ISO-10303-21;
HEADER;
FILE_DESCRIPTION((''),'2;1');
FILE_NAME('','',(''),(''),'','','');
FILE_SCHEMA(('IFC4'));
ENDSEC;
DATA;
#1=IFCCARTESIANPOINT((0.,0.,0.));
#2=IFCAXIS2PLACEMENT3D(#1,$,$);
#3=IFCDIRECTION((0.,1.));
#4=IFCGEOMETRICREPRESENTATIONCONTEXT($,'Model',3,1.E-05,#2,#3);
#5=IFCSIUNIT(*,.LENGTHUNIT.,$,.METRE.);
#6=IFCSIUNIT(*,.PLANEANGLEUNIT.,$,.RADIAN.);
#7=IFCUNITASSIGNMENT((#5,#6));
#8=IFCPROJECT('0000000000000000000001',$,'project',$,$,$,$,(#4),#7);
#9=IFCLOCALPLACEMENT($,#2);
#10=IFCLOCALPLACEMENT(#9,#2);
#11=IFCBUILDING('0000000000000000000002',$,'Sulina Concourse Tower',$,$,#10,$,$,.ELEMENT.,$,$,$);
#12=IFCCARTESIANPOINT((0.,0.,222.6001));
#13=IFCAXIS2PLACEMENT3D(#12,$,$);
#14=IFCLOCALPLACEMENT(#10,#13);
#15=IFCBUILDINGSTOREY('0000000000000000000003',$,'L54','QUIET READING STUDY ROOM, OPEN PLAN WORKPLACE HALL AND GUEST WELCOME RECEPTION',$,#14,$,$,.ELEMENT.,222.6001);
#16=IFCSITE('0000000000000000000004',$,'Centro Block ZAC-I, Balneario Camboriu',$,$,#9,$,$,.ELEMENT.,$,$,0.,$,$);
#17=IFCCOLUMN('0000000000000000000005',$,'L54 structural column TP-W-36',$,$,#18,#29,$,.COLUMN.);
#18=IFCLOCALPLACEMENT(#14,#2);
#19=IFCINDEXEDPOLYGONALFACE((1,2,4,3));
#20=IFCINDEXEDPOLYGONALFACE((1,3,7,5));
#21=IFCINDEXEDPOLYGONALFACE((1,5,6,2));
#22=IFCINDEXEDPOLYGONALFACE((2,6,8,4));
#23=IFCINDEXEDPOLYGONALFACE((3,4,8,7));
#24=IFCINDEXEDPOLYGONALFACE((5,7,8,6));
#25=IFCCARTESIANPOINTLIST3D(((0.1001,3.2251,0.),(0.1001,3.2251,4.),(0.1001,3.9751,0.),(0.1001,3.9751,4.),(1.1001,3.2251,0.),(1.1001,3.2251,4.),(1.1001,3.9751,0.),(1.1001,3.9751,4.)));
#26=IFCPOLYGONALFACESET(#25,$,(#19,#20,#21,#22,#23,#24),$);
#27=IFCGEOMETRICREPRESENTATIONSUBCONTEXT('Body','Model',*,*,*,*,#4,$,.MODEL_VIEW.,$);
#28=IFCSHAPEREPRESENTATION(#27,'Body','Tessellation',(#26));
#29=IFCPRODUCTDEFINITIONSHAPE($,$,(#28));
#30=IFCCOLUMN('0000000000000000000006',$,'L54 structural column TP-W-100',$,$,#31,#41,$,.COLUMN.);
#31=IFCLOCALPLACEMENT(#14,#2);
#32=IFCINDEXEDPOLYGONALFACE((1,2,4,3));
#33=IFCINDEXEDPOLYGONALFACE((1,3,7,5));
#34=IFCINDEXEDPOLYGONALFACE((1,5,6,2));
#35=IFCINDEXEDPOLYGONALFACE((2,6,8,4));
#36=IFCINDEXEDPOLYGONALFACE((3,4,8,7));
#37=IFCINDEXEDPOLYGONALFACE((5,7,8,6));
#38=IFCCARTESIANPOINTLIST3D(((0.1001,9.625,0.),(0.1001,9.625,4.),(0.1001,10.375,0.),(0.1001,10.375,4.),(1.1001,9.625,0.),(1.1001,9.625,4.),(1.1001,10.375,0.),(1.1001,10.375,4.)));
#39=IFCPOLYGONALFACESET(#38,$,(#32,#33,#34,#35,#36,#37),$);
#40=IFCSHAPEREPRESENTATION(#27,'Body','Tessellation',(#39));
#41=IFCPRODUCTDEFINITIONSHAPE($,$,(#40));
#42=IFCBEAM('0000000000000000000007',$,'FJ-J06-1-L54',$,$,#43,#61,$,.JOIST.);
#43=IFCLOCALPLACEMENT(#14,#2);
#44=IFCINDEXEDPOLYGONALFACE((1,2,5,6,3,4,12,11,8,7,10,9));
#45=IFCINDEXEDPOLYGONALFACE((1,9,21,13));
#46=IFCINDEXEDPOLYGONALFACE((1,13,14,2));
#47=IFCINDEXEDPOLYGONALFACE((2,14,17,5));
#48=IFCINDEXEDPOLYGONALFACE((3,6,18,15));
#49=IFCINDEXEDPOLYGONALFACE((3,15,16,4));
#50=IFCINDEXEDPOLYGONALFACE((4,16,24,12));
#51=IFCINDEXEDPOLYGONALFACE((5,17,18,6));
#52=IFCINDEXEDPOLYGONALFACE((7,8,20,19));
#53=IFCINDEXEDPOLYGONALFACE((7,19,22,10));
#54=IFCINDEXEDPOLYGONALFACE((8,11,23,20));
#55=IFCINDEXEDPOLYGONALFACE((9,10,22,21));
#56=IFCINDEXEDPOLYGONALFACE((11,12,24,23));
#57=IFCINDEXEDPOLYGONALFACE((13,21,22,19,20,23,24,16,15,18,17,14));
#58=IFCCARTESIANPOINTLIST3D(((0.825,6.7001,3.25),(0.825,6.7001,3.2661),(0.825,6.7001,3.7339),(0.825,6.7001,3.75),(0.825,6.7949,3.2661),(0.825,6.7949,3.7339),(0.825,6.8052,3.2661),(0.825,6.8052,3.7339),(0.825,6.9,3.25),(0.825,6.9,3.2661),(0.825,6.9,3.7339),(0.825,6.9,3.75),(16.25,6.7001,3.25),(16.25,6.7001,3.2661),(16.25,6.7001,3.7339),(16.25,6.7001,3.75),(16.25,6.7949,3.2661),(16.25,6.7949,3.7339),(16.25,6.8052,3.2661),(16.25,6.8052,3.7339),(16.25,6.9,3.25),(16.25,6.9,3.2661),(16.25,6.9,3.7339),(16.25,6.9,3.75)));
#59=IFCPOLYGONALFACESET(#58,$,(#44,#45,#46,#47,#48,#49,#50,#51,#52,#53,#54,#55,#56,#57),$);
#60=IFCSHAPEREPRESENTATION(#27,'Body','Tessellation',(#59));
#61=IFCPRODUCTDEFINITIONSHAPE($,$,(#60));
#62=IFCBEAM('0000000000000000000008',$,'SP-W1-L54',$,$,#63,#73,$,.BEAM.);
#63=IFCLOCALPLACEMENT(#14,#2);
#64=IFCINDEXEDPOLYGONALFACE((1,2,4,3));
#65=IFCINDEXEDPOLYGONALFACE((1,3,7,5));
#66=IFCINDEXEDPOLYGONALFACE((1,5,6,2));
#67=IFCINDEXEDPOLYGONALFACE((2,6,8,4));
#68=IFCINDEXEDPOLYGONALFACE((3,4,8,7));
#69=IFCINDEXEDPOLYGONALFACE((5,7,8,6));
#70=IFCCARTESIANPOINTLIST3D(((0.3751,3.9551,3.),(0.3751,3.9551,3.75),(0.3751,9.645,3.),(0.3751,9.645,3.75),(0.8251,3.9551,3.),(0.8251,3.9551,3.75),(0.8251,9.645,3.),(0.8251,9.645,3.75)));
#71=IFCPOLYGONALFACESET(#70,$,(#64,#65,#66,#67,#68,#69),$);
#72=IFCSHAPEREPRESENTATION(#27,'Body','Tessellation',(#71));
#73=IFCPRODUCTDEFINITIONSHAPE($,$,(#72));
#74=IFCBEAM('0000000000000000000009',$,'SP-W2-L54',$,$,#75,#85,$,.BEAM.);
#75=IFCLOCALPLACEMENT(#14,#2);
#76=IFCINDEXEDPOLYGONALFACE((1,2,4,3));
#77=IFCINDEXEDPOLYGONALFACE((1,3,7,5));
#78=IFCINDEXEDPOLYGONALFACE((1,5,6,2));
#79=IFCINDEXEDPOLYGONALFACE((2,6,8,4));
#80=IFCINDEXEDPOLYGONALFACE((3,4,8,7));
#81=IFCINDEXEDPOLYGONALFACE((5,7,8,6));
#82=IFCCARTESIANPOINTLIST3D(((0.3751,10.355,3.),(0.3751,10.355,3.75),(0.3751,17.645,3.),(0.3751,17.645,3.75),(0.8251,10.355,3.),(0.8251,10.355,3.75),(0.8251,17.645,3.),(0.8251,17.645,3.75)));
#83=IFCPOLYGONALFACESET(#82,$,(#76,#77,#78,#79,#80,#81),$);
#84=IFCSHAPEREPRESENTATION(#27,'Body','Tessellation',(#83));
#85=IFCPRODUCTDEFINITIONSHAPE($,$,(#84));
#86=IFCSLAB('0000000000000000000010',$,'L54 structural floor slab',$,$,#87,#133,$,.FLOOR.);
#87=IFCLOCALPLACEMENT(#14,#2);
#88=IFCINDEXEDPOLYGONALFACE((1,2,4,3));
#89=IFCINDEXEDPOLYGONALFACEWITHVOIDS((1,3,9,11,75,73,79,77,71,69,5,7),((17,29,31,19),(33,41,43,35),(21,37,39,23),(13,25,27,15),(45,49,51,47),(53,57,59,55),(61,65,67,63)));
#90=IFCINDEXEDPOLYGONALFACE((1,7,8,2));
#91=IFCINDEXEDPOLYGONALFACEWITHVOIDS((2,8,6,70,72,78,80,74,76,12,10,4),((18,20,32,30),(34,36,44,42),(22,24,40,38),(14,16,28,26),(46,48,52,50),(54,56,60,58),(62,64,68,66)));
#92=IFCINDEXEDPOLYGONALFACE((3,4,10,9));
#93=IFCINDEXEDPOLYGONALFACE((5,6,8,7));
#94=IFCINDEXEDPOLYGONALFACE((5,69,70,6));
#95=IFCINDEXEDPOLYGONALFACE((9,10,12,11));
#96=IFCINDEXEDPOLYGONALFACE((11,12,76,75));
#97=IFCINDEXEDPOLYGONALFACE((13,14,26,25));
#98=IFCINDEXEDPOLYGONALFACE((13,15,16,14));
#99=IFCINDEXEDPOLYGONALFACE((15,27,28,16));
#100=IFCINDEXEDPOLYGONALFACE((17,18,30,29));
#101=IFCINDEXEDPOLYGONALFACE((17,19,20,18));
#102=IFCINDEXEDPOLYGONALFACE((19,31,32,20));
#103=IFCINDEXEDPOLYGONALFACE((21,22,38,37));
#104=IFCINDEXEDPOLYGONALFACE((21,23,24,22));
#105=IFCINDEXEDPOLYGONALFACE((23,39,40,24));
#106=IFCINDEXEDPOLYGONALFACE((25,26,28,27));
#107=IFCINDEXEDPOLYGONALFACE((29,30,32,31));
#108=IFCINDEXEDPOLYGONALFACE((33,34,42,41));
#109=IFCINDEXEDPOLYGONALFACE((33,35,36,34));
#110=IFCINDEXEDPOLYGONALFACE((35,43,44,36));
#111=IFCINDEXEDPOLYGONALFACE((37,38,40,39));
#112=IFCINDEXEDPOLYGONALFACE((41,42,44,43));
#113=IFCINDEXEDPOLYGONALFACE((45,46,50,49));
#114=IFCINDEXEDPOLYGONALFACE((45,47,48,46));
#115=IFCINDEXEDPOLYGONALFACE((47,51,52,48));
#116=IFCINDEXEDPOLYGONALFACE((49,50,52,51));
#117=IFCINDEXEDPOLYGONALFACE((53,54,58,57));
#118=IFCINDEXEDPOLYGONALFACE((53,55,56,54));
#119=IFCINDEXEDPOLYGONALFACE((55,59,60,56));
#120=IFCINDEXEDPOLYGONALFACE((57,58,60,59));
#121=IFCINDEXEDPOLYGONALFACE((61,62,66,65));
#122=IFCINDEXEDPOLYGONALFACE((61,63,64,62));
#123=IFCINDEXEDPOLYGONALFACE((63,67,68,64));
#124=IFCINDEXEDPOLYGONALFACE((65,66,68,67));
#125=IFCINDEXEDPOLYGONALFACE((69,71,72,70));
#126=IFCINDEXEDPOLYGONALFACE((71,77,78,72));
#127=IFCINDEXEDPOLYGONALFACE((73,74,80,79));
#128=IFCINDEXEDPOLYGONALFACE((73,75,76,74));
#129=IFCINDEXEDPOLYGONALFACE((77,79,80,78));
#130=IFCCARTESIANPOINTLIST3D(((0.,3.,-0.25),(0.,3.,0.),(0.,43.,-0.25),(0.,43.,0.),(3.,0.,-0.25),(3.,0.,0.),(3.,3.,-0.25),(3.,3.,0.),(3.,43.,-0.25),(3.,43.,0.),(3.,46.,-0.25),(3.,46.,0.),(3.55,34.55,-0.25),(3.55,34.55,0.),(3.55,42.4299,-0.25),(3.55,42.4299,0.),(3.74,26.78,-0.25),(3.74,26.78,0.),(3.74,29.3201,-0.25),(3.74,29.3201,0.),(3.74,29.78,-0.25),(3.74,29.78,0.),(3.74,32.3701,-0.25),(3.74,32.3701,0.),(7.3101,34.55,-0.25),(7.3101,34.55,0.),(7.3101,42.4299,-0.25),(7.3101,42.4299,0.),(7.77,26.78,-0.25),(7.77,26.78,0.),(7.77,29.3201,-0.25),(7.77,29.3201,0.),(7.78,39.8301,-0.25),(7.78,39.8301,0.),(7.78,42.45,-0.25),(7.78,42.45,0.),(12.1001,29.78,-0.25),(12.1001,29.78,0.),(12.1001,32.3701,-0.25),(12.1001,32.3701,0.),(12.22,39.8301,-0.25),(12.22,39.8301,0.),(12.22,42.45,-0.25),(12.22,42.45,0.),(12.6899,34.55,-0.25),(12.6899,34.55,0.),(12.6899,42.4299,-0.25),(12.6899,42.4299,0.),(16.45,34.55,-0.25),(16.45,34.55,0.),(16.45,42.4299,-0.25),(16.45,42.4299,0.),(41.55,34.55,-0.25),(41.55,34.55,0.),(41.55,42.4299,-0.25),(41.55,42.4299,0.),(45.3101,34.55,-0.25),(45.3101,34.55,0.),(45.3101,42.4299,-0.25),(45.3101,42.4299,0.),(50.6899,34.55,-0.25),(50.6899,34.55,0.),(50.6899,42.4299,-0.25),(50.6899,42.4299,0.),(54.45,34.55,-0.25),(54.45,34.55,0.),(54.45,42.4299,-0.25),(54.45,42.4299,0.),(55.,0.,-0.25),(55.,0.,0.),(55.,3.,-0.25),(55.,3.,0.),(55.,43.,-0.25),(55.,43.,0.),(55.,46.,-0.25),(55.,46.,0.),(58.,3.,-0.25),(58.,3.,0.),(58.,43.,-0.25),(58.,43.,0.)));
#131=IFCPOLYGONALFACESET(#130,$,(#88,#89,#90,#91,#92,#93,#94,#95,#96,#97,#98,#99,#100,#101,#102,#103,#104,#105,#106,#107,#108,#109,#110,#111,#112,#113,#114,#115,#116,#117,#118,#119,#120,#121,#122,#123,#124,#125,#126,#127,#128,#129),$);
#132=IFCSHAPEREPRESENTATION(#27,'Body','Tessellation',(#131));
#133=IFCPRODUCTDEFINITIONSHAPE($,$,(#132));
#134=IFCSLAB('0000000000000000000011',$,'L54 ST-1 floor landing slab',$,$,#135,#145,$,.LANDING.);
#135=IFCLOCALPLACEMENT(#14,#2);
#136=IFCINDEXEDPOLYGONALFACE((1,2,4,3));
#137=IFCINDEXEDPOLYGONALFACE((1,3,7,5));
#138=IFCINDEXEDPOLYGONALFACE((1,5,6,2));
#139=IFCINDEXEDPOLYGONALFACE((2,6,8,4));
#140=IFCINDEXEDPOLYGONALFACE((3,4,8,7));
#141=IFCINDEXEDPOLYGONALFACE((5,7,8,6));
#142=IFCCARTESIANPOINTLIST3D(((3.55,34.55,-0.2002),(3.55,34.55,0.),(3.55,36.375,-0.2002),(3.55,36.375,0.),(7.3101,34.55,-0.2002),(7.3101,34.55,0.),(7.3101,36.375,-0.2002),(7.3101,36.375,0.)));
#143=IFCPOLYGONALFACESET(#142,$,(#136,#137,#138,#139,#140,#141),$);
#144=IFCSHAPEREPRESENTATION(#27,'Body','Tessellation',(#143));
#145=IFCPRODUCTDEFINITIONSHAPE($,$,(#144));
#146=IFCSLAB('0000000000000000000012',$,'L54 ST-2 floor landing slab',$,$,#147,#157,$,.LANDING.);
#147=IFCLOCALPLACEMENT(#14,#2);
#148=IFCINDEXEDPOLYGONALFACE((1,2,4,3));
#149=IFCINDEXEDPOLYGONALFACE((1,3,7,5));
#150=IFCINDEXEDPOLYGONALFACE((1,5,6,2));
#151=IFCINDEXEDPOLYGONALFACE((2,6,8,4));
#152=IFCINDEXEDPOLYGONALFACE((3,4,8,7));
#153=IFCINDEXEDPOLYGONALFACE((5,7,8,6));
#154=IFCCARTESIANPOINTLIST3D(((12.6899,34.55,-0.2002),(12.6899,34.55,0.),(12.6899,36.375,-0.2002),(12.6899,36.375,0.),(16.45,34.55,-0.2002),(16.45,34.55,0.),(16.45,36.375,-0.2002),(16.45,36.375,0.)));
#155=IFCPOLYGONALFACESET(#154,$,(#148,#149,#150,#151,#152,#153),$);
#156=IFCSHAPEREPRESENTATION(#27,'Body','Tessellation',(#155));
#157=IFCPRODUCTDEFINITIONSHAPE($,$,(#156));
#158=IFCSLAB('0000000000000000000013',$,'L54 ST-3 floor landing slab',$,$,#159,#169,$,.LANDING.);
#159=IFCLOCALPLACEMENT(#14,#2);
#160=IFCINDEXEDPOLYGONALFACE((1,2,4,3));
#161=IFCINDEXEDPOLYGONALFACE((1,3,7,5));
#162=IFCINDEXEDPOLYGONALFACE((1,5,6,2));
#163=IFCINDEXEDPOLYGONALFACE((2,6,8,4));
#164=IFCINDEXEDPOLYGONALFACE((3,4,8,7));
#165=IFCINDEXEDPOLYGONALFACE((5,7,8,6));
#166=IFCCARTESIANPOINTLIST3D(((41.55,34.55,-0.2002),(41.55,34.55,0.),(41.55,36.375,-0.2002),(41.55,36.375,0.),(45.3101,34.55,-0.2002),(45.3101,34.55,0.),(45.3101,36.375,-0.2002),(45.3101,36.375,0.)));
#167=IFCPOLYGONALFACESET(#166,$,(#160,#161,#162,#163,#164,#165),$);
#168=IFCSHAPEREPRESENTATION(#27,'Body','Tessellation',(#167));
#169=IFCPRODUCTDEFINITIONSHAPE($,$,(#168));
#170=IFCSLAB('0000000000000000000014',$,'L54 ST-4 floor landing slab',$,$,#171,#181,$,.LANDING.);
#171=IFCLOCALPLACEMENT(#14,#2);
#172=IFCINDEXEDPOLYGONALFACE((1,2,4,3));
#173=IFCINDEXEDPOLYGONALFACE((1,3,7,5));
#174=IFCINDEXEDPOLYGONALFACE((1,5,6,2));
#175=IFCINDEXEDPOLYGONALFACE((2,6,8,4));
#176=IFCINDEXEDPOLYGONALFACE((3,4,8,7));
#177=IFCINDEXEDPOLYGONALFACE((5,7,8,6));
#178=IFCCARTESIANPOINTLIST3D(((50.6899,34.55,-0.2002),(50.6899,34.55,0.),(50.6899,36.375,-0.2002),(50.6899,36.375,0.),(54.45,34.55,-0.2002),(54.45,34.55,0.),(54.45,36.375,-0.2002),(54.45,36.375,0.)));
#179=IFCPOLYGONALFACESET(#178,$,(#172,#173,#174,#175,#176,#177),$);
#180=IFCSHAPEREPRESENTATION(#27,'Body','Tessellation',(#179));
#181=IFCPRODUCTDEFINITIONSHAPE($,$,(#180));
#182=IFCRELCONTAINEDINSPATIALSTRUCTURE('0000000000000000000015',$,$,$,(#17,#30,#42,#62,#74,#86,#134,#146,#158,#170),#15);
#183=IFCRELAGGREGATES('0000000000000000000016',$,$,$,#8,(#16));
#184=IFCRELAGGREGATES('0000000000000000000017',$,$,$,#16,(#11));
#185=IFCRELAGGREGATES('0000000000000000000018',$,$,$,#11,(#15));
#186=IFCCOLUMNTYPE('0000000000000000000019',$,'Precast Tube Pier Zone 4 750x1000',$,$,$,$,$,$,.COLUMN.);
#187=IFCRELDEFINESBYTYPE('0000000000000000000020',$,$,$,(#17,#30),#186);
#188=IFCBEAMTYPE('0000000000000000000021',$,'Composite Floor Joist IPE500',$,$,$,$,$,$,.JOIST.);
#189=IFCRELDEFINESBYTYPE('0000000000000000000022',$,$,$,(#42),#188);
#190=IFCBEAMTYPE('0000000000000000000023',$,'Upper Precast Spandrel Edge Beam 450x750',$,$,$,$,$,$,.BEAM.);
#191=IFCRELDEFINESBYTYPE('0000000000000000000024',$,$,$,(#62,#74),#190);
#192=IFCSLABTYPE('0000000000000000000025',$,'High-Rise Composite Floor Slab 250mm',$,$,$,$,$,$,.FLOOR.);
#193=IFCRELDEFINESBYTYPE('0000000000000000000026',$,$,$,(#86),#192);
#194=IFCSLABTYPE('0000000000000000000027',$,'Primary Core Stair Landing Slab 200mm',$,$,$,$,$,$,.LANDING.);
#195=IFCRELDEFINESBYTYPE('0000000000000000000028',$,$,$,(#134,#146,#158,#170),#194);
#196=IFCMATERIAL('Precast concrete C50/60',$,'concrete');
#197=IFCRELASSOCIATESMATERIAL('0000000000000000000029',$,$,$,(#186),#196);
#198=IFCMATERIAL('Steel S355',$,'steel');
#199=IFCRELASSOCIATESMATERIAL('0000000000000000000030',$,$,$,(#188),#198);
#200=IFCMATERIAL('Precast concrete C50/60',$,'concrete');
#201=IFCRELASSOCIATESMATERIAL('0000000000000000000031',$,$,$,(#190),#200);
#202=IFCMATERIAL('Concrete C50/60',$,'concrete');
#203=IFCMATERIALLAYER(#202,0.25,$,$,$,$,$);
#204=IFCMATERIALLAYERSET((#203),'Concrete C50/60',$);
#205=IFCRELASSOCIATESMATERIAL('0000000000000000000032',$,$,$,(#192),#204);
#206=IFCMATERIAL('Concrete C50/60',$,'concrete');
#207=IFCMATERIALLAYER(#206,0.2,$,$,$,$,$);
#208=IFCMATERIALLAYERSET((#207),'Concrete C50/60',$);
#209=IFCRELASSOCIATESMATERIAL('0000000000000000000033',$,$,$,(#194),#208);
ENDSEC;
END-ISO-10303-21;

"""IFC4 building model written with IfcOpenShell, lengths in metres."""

from ifc_helpers import new_model, si_unit, direction, frame, origin, origin_2d, place, context, subcontext, project, spatial, polyline, rectangle, i_section, outline, extrude, material, layer, layer_set, material_profile, profile_set, type_object, element, save


model = new_model("IFC4")

# Units and contexts
model_context = context("Model", 3, precision=1e-05, world=origin(), true_north=direction((0.0, 1.0)))
body_context = subcontext(model_context, "Body", "Model", "MODEL_VIEW")
ifc_project = project(units=[si_unit("LENGTHUNIT", "METRE"), si_unit("PLANEANGLEUNIT", "RADIAN")], contexts=[model_context])

# Site, building, storey
site_placement = place(None, origin())
site = spatial("IfcSite", under=ifc_project, at=site_placement, Name="Centro Block ZAC-I, Balneario Camboriu", CompositionType="ELEMENT", RefElevation=0.0)
building_placement = place(site_placement, origin())
building = spatial("IfcBuilding", under=site, at=building_placement, Name="Sulina Concourse Tower", CompositionType="ELEMENT")
storey_placement = place(building_placement, frame((0.0, 0.0, 222.6001)))
storey = spatial("IfcBuildingStorey", under=building, at=storey_placement, Name="L54", Description="QUIET READING STUDY ROOM, OPEN PLAN WORKPLACE HALL AND GUEST WELCOME RECEPTION", CompositionType="ELEMENT", Elevation=222.6001)

# Columns
ifc_material_1 = material(Name="Precast concrete C50/60", Category="concrete")
ifc_material_profile_1 = material_profile(ifc_material_1, rectangle(XDim=0.75, YDim=1.0, at=origin_2d()), Name="PC 750x1000")
ifc_profile_set_1 = profile_set([ifc_material_profile_1], Name="Precast concrete C50/60")
column_type = type_object("IfcColumnType", Name="Precast Tube Pier Zone 4 750x1000", PredefinedType="COLUMN", material=ifc_profile_set_1)
for number, where, z_axis, x_axis, name in (
    (1, (0.6001, 3.6001, 0.0), (0.0, 0.0, 1.0), (0.0, 1.0, 0.0), "L54 structural column TP-W-36"),
    (2, (0.6001, 10.0, 0.0), (0.0, 0.0, 1.0), (0.0, 1.0, 0.0), "L54 structural column TP-W-100"),
):
    element("IfcColumn", number, at=place(storey_placement, frame(where, z_axis=z_axis, x_axis=x_axis)), inside=storey, type_object=column_type, Name=name, PredefinedType="COLUMN", context=body_context, shape_type="SweptSolid", body=[
        extrude(rectangle(XDim=0.75, YDim=1.0, at=origin_2d()), origin(), (0.0, 0.0, 1.0), 4.0),
    ])

# Beams
ifc_material_2 = material(Name="Steel S355", Category="steel")
ifc_material_profile_2 = material_profile(ifc_material_2, i_section(OverallWidth=0.2, OverallDepth=0.5, WebThickness=0.0103, FlangeThickness=0.0161, at=origin_2d()), Name="IPE 500")
ifc_profile_set_2 = profile_set([ifc_material_profile_2], Name="Steel S355")
beam_type_1 = type_object("IfcBeamType", Name="Composite Floor Joist IPE500", PredefinedType="JOIST", material=ifc_profile_set_2)
beam_1_placement = place(storey_placement, frame((0.825, 6.8, 3.5), z_axis=(1.0, 0.0, 0.0), x_axis=(0.0, 1.0, 0.0)))
element("IfcBeam", 3, at=beam_1_placement, inside=storey, type_object=beam_type_1, Name="FJ-J06-1-L54", PredefinedType="JOIST", context=body_context, shape_type="SweptSolid", body=[
    extrude(i_section(OverallWidth=0.2, OverallDepth=0.5, WebThickness=0.0103, FlangeThickness=0.0161, at=origin_2d()), origin(), (0.0, 0.0, 1.0), 15.425),
])
ifc_material_3 = material(Name="Precast concrete C50/60", Category="concrete")
ifc_material_profile_3 = material_profile(ifc_material_3, rectangle(XDim=0.45, YDim=0.75, at=origin_2d()), Name="RC 450x750")
ifc_profile_set_3 = profile_set([ifc_material_profile_3], Name="Precast concrete C50/60")
beam_type_2 = type_object("IfcBeamType", Name="Upper Precast Spandrel Edge Beam 450x750", PredefinedType="BEAM", material=ifc_profile_set_3)
beam_2_placement = place(storey_placement, frame((0.6001, 3.9551, 3.375), z_axis=(0.0, 1.0, 0.0), x_axis=(-1.0, 0.0, 0.0)))
element("IfcBeam", 4, at=beam_2_placement, inside=storey, type_object=beam_type_2, Name="SP-W1-L54", PredefinedType="BEAM", context=body_context, shape_type="SweptSolid", body=[
    extrude(rectangle(XDim=0.45, YDim=0.75, at=origin_2d()), origin(), (0.0, 0.0, 1.0), 5.6899),
])
beam_3_placement = place(storey_placement, frame((0.6001, 10.355, 3.375), z_axis=(0.0, 1.0, 0.0), x_axis=(-1.0, 0.0, 0.0)))
element("IfcBeam", 5, at=beam_3_placement, inside=storey, type_object=beam_type_2, Name="SP-W2-L54", PredefinedType="BEAM", context=body_context, shape_type="SweptSolid", body=[
    extrude(rectangle(XDim=0.45, YDim=0.75, at=origin_2d()), origin(), (0.0, 0.0, 1.0), 7.29),
])

# Slabs
ifc_material_4 = material(Name="Concrete C50/60", Category="concrete")
ifc_layer_1 = layer(ifc_material_4, 0.25)
ifc_layer_set_1 = layer_set([ifc_layer_1], Name="Concrete C50/60")
slab_type_1 = type_object("IfcSlabType", Name="High-Rise Composite Floor Slab 250mm", PredefinedType="FLOOR", material=ifc_layer_set_1)
slab_1_placement = place(storey_placement, frame((0.0, 0.0, -0.25)))
element("IfcSlab", 6, at=slab_1_placement, inside=storey, type_object=slab_type_1, Name="L54 structural floor slab", PredefinedType="FLOOR", context=body_context, shape_type="SweptSolid", body=[
    extrude(outline(polyline([(3.0, 0.0), (55.0, 0.0), (55.0, 3.0), (58.0, 3.0), (58.0, 43.0), (55.0, 43.0), (55.0, 46.0), (3.0, 46.0), (3.0, 43.0), (0.0, 43.0), (0.0, 3.0), (3.0, 3.0), (3.0, 0.0)]), holes=[polyline([(7.3101, 34.55), (7.3101, 42.4299), (3.55, 42.4299), (3.55, 34.55), (7.3101, 34.55)]), polyline([(16.45, 34.55), (16.45, 42.4299), (12.6899, 42.4299), (12.6899, 34.55), (16.45, 34.55)]), polyline([(45.3101, 34.55), (45.3101, 42.4299), (41.55, 42.4299), (41.55, 34.55), (45.3101, 34.55)]), polyline([(54.45, 34.55), (54.45, 42.4299), (50.6899, 42.4299), (50.6899, 34.55), (54.45, 34.55)]), polyline([(7.78, 39.8301), (12.22, 39.8301), (12.22, 42.45), (7.78, 42.45), (7.78, 39.8301)]), polyline([(3.74, 26.78), (7.77, 26.78), (7.77, 29.3201), (3.74, 29.3201), (3.74, 26.78)]), polyline([(3.74, 29.78), (12.1001, 29.78), (12.1001, 32.3701), (3.74, 32.3701), (3.74, 29.78)])]), origin(), (0.0, 0.0, 1.0), 0.25),
])
ifc_material_5 = material(Name="Concrete C50/60", Category="concrete")
ifc_layer_2 = layer(ifc_material_5, 0.2)
ifc_layer_set_2 = layer_set([ifc_layer_2], Name="Concrete C50/60")
slab_type_2 = type_object("IfcSlabType", Name="Primary Core Stair Landing Slab 200mm", PredefinedType="LANDING", material=ifc_layer_set_2)
slab_2_placement = place(storey_placement, frame((0.0, 0.0, -0.2002)))
element("IfcSlab", 7, at=slab_2_placement, inside=storey, type_object=slab_type_2, Name="L54 ST-1 floor landing slab", PredefinedType="LANDING", context=body_context, shape_type="SweptSolid", body=[
    extrude(outline(polyline([(7.3101, 34.55), (7.3101, 36.375), (3.55, 36.375), (3.55, 34.55), (7.3101, 34.55)])), origin(), (0.0, 0.0, 1.0), 0.2002),
])
slab_3_placement = place(storey_placement, frame((0.0, 0.0, -0.2002)))
element("IfcSlab", 8, at=slab_3_placement, inside=storey, type_object=slab_type_2, Name="L54 ST-2 floor landing slab", PredefinedType="LANDING", context=body_context, shape_type="SweptSolid", body=[
    extrude(outline(polyline([(16.45, 34.55), (16.45, 36.375), (12.6899, 36.375), (12.6899, 34.55), (16.45, 34.55)])), origin(), (0.0, 0.0, 1.0), 0.2002),
])
slab_4_placement = place(storey_placement, frame((0.0, 0.0, -0.2002)))
element("IfcSlab", 9, at=slab_4_placement, inside=storey, type_object=slab_type_2, Name="L54 ST-3 floor landing slab", PredefinedType="LANDING", context=body_context, shape_type="SweptSolid", body=[
    extrude(outline(polyline([(45.3101, 34.55), (45.3101, 36.375), (41.55, 36.375), (41.55, 34.55), (45.3101, 34.55)])), origin(), (0.0, 0.0, 1.0), 0.2002),
])
slab_5_placement = place(storey_placement, frame((0.0, 0.0, -0.2002)))
element("IfcSlab", 10, at=slab_5_placement, inside=storey, type_object=slab_type_2, Name="L54 ST-4 floor landing slab", PredefinedType="LANDING", context=body_context, shape_type="SweptSolid", body=[
    extrude(outline(polyline([(54.45, 34.55), (54.45, 36.375), (50.6899, 36.375), (50.6899, 34.55), (54.45, 34.55)])), origin(), (0.0, 0.0, 1.0), 0.2002),
])

save(model, "model.ifc")
